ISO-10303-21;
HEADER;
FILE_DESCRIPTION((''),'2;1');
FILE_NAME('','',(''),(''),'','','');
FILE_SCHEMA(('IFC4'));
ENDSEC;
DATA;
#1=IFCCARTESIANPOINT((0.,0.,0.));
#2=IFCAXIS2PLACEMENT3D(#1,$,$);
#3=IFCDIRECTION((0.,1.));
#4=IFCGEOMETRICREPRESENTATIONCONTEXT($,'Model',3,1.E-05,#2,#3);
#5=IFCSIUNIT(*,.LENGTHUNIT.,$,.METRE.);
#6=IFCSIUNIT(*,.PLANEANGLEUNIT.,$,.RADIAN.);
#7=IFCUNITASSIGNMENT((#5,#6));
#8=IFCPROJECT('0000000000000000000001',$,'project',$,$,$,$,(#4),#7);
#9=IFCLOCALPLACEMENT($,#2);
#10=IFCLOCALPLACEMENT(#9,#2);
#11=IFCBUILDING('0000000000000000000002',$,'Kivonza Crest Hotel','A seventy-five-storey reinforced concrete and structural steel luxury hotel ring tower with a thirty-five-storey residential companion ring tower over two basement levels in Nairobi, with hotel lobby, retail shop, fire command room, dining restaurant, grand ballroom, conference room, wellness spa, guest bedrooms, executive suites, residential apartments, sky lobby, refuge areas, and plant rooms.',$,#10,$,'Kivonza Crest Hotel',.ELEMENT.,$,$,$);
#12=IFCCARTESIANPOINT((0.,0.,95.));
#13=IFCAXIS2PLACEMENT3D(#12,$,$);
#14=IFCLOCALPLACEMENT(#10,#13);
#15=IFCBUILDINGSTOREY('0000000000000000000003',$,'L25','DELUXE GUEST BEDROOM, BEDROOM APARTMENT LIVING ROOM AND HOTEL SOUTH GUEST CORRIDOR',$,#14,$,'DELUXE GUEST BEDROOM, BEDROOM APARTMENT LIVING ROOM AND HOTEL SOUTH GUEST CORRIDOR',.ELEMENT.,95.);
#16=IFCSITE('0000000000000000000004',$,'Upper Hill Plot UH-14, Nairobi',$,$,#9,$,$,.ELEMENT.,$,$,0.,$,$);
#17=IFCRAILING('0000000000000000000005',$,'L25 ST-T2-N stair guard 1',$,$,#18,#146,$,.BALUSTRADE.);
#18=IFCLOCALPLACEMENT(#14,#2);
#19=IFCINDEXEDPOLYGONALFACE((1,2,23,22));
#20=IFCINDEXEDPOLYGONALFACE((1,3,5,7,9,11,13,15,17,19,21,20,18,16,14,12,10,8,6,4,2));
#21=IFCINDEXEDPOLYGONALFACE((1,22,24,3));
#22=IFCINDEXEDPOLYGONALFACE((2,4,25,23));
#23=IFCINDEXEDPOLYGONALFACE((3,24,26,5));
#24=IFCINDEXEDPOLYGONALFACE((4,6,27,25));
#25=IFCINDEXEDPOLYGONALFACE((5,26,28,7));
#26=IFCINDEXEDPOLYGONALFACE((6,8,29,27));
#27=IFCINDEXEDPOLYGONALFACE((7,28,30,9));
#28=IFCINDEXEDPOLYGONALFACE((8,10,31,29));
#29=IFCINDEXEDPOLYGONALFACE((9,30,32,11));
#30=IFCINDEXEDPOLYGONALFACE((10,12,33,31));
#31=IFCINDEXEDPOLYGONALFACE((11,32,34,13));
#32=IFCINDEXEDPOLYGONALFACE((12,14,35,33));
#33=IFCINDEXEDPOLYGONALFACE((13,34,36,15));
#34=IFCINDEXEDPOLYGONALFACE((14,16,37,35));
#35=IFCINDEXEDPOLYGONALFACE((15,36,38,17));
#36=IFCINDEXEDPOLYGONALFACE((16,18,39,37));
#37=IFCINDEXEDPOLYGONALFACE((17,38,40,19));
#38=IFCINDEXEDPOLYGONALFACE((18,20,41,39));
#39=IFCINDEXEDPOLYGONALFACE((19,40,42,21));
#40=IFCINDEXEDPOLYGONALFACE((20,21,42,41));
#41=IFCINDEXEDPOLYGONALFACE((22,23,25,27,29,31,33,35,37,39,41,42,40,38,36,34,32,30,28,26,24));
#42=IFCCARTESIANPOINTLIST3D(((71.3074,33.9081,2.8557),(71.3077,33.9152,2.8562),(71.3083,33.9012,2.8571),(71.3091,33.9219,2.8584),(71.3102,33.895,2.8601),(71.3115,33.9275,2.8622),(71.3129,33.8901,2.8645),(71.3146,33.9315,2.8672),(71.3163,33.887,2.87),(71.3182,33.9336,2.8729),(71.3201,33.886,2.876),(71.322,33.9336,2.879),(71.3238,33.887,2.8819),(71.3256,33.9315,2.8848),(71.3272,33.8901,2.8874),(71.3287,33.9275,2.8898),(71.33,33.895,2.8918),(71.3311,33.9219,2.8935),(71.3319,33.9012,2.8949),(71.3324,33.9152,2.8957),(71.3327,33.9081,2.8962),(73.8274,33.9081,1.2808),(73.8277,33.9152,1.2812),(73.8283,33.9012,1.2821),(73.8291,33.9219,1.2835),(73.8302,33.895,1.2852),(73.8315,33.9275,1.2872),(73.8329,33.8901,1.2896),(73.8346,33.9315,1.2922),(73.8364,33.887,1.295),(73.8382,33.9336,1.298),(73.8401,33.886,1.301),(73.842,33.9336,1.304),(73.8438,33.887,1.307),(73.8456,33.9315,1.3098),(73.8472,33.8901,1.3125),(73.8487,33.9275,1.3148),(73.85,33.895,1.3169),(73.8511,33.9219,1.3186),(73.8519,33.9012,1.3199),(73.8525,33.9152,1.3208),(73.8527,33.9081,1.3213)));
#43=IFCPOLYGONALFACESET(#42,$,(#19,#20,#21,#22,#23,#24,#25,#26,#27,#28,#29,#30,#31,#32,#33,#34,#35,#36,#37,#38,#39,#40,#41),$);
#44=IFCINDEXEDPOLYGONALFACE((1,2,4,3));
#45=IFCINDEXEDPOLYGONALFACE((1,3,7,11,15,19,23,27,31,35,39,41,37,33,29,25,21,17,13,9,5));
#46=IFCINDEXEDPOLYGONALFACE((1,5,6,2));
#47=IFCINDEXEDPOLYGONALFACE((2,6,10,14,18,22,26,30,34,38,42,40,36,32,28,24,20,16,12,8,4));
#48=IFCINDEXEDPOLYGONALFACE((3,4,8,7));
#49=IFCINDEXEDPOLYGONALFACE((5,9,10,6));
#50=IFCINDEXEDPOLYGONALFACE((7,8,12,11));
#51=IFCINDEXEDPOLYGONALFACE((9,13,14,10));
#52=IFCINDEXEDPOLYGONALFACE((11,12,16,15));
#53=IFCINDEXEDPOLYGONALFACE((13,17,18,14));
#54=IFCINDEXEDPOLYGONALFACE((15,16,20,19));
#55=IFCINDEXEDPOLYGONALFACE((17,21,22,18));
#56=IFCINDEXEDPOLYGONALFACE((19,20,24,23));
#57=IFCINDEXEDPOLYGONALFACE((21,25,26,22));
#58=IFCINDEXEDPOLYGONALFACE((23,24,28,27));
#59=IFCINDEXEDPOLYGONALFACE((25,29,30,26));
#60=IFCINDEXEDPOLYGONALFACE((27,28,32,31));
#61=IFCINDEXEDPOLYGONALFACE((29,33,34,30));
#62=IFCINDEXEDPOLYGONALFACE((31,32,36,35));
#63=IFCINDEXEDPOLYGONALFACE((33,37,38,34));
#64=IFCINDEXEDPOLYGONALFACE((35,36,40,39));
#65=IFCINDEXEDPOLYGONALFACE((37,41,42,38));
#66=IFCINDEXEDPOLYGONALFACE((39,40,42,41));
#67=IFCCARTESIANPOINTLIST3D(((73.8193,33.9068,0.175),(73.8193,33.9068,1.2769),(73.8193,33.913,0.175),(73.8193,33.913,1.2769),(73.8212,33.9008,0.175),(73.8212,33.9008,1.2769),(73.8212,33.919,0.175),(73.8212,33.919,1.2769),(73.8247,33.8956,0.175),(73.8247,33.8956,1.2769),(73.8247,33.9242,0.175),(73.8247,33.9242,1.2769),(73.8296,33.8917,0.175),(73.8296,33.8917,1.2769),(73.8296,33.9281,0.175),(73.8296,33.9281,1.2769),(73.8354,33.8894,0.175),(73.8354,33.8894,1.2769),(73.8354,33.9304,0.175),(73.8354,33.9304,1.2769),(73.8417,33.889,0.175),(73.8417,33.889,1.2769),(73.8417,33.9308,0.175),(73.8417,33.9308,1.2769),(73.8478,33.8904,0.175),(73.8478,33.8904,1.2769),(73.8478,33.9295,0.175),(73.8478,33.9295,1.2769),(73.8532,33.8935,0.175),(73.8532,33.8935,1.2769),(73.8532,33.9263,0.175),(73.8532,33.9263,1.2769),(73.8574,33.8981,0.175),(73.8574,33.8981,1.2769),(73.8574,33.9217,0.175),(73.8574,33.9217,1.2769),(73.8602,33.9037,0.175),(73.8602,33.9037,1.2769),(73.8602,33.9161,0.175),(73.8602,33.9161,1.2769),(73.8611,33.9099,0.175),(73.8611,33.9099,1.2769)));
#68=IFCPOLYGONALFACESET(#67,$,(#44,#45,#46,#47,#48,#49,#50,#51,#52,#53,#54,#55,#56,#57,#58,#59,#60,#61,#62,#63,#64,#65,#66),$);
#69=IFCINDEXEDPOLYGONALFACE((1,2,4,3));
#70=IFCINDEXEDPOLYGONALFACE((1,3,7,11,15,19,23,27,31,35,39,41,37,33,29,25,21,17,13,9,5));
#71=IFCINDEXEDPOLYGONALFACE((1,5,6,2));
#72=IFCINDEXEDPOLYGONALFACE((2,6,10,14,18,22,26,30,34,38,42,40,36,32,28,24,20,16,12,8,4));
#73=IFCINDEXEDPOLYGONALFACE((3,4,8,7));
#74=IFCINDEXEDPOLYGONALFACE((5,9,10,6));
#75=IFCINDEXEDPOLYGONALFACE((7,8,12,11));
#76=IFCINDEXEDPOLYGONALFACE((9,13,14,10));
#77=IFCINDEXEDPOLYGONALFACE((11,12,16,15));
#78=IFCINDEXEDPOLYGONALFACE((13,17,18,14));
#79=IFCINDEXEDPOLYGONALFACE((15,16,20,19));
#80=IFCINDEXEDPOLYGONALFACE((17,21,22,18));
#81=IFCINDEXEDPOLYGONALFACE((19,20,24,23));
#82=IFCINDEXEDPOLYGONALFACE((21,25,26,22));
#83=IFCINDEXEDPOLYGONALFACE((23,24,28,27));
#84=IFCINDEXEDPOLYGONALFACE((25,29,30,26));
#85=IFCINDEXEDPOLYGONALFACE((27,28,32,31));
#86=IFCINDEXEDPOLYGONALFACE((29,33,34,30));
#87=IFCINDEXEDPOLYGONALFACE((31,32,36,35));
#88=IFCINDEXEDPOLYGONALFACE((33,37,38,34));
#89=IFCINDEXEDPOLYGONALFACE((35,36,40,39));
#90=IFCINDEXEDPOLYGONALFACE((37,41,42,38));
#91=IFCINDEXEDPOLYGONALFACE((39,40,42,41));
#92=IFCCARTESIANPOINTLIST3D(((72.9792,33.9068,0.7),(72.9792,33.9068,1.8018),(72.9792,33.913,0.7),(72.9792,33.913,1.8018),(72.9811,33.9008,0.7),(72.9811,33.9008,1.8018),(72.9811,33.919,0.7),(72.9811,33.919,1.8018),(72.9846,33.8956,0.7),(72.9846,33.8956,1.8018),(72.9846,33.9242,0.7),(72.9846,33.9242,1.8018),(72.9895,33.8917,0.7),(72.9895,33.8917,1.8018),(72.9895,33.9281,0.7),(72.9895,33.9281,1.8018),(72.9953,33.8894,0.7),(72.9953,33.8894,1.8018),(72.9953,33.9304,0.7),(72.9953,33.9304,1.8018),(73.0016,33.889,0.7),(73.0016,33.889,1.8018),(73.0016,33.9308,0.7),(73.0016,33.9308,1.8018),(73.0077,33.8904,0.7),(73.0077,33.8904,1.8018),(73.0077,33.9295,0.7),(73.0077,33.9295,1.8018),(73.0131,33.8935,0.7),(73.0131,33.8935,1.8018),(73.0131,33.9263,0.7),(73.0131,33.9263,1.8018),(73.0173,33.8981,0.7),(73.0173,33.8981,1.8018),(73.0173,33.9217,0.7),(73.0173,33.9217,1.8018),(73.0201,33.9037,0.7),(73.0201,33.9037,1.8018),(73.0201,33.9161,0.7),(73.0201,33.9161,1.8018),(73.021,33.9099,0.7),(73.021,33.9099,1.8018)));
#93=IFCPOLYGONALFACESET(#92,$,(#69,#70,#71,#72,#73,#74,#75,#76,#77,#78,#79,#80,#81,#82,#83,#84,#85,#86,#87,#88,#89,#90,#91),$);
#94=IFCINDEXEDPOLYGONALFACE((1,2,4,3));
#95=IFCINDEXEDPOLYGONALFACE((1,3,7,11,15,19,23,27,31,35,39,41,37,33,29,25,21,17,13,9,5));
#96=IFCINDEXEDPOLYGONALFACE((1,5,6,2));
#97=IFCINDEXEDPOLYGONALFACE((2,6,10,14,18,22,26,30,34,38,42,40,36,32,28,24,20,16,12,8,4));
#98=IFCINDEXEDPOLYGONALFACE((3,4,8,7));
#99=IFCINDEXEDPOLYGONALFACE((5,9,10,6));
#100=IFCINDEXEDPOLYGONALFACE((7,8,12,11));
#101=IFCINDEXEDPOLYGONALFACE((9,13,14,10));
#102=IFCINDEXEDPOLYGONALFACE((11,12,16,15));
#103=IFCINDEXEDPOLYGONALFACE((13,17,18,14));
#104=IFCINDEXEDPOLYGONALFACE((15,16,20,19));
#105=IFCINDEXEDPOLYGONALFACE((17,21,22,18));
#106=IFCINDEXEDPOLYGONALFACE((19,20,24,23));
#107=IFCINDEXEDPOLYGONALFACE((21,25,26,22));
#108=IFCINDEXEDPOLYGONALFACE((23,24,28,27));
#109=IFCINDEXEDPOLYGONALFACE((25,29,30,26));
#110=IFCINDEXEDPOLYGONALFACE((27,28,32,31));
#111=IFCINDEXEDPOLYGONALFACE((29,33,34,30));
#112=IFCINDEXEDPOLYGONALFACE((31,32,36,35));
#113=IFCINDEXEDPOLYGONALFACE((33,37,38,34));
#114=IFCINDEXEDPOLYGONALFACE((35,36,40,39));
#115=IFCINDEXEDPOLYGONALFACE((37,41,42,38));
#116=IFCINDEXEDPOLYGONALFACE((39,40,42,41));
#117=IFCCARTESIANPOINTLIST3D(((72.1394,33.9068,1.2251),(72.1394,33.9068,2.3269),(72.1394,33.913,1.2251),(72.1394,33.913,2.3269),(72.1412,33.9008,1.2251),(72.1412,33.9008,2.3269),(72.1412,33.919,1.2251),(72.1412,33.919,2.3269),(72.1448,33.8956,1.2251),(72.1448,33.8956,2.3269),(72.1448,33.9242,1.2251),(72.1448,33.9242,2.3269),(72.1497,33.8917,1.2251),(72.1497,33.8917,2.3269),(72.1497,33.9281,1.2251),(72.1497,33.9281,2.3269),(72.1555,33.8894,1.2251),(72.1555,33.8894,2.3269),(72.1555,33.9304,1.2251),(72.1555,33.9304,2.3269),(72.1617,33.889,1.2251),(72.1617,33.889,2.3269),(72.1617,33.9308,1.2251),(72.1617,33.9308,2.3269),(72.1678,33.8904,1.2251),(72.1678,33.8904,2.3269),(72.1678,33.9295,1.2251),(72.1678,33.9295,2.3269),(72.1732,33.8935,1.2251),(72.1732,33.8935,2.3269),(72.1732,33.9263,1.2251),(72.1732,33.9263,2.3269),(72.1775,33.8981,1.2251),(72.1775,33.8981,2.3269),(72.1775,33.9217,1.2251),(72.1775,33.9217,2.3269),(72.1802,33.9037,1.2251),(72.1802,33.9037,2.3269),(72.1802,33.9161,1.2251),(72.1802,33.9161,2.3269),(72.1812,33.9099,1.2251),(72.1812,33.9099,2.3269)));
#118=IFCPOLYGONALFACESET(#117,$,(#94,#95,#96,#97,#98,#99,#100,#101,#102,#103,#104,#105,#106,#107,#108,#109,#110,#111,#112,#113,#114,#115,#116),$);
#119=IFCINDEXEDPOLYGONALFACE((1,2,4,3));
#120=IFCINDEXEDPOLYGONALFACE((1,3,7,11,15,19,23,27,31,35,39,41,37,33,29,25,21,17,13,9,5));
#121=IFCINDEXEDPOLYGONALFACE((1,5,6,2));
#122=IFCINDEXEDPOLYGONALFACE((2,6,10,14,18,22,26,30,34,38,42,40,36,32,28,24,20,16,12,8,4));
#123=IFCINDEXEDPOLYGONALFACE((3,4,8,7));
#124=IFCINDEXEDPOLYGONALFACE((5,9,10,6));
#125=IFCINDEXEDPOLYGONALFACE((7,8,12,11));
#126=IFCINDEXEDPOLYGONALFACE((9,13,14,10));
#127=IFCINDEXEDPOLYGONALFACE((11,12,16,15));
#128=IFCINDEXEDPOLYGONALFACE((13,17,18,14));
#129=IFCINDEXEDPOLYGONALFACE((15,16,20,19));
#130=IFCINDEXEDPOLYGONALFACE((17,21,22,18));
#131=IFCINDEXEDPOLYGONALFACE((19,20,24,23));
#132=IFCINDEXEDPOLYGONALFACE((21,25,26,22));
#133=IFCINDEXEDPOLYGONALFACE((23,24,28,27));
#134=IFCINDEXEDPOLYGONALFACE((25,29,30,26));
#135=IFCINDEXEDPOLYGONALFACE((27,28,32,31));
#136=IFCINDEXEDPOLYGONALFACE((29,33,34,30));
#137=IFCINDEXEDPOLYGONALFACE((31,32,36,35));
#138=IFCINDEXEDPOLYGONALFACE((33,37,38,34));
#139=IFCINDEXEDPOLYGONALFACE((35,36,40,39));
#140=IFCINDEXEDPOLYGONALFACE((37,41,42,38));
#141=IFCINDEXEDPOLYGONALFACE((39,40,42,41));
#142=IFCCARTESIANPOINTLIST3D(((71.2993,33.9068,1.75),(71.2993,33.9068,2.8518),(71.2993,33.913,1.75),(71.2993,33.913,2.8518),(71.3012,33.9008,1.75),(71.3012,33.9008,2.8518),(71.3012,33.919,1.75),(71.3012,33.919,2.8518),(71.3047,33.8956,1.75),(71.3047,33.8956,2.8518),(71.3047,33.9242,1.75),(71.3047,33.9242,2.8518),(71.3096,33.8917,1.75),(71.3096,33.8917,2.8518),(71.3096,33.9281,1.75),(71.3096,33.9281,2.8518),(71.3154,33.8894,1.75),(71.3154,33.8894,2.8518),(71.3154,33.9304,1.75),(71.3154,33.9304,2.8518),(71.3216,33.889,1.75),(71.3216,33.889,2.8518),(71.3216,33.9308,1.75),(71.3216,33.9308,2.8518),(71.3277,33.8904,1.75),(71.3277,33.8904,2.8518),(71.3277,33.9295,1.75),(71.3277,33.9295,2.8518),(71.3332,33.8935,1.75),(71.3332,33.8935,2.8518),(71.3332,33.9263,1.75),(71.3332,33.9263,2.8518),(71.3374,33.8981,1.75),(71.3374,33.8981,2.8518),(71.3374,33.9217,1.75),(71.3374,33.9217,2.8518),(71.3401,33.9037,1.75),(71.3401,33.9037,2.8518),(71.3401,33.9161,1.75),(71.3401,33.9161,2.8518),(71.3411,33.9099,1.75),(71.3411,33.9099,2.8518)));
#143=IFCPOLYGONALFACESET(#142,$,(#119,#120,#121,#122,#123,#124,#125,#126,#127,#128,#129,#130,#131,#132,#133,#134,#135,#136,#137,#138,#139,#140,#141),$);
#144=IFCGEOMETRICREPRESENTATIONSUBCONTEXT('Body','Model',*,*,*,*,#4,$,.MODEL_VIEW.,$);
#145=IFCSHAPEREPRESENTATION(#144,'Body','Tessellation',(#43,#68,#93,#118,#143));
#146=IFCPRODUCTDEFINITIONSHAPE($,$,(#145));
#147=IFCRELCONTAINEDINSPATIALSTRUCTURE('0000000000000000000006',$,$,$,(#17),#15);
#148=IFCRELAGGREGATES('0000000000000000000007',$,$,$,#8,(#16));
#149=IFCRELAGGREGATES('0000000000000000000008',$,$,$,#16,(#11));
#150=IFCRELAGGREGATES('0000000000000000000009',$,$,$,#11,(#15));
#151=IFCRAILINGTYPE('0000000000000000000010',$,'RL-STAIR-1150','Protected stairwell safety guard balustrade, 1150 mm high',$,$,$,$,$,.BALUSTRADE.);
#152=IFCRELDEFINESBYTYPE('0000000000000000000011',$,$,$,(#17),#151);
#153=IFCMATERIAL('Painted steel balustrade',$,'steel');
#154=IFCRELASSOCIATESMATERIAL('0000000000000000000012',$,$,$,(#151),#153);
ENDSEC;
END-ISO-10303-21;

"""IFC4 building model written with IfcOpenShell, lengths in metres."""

from ifc_helpers import new_model, si_unit, direction, frame, origin, origin_2d, place, context, subcontext, project, spatial, circle, extrude, material, type_object, element, save


model = new_model("IFC4")

# Units and contexts
model_context = context("Model", 3, precision=1e-05, world=origin(), true_north=direction((0.0, 1.0)))
body_context = subcontext(model_context, "Body", "Model", "MODEL_VIEW")
ifc_project = project(units=[si_unit("LENGTHUNIT", "METRE"), si_unit("PLANEANGLEUNIT", "RADIAN")], contexts=[model_context])

# Site, building, storey
site_placement = place(None, origin())
site = spatial("IfcSite", under=ifc_project, at=site_placement, Name="Upper Hill Plot UH-14, Nairobi", CompositionType="ELEMENT", RefElevation=0.0)
building_placement = place(site_placement, origin())
building = spatial("IfcBuilding", under=site, at=building_placement, Name="Kivonza Crest Hotel", Description="A seventy-five-storey reinforced concrete and structural steel luxury hotel ring tower with a thirty-five-storey residential companion ring tower over two basement levels in Nairobi, with hotel lobby, retail shop, fire command room, dining restaurant, grand ballroom, conference room, wellness spa, guest bedrooms, executive suites, residential apartments, sky lobby, refuge areas, and plant rooms.", LongName="Kivonza Crest Hotel", CompositionType="ELEMENT")
storey_placement = place(building_placement, frame((0.0, 0.0, 95.0)))
storey = spatial("IfcBuildingStorey", under=building, at=storey_placement, Name="L25", Description="DELUXE GUEST BEDROOM, BEDROOM APARTMENT LIVING ROOM AND HOTEL SOUTH GUEST CORRIDOR", LongName="DELUXE GUEST BEDROOM, BEDROOM APARTMENT LIVING ROOM AND HOTEL SOUTH GUEST CORRIDOR", CompositionType="ELEMENT", Elevation=95.0)

# Railing
ifc_material_1 = material(Name="Painted steel balustrade", Category="steel")
railing_type_1 = type_object("IfcRailingType", Name="RL-STAIR-1150", Description="Protected stairwell safety guard balustrade, 1150 mm high", PredefinedType="BALUSTRADE", material=ifc_material_1)
railing_1_placement = place(storey_placement, frame((73.8401, 33.9099, 0.175)))
element("IfcRailing", 1, at=railing_1_placement, inside=storey, type_object=railing_type_1, Name="L25 ST-T2-N stair guard 1", PredefinedType="BALUSTRADE", context=body_context, shape_type="SweptSolid", body=[
    extrude(circle(Radius=0.0239, at=origin_2d()), frame((0.0, 0.0, 1.126), z_axis=(-0.848008, 0.0, 0.529984), x_axis=(0.0, -1.0, 0.0)), (0.0, 0.0, 1.0), 2.9717),
    extrude(circle(Radius=0.021, at=origin_2d()), origin(), (0.0, 0.0, 1.0), 1.1018),
    extrude(circle(Radius=0.021, at=origin_2d()), frame((-0.8401, 0.0, 0.5249)), (0.0, 0.0, 1.0), 1.1018),
    extrude(circle(Radius=0.021, at=origin_2d()), frame((-1.6799, 0.0, 1.05)), (0.0, 0.0, 1.0), 1.1018),
    extrude(circle(Radius=0.021, at=origin_2d()), frame((-2.52, 0.0, 1.575)), (0.0, 0.0, 1.0), 1.1018),
])

save(model, "model.ifc")
